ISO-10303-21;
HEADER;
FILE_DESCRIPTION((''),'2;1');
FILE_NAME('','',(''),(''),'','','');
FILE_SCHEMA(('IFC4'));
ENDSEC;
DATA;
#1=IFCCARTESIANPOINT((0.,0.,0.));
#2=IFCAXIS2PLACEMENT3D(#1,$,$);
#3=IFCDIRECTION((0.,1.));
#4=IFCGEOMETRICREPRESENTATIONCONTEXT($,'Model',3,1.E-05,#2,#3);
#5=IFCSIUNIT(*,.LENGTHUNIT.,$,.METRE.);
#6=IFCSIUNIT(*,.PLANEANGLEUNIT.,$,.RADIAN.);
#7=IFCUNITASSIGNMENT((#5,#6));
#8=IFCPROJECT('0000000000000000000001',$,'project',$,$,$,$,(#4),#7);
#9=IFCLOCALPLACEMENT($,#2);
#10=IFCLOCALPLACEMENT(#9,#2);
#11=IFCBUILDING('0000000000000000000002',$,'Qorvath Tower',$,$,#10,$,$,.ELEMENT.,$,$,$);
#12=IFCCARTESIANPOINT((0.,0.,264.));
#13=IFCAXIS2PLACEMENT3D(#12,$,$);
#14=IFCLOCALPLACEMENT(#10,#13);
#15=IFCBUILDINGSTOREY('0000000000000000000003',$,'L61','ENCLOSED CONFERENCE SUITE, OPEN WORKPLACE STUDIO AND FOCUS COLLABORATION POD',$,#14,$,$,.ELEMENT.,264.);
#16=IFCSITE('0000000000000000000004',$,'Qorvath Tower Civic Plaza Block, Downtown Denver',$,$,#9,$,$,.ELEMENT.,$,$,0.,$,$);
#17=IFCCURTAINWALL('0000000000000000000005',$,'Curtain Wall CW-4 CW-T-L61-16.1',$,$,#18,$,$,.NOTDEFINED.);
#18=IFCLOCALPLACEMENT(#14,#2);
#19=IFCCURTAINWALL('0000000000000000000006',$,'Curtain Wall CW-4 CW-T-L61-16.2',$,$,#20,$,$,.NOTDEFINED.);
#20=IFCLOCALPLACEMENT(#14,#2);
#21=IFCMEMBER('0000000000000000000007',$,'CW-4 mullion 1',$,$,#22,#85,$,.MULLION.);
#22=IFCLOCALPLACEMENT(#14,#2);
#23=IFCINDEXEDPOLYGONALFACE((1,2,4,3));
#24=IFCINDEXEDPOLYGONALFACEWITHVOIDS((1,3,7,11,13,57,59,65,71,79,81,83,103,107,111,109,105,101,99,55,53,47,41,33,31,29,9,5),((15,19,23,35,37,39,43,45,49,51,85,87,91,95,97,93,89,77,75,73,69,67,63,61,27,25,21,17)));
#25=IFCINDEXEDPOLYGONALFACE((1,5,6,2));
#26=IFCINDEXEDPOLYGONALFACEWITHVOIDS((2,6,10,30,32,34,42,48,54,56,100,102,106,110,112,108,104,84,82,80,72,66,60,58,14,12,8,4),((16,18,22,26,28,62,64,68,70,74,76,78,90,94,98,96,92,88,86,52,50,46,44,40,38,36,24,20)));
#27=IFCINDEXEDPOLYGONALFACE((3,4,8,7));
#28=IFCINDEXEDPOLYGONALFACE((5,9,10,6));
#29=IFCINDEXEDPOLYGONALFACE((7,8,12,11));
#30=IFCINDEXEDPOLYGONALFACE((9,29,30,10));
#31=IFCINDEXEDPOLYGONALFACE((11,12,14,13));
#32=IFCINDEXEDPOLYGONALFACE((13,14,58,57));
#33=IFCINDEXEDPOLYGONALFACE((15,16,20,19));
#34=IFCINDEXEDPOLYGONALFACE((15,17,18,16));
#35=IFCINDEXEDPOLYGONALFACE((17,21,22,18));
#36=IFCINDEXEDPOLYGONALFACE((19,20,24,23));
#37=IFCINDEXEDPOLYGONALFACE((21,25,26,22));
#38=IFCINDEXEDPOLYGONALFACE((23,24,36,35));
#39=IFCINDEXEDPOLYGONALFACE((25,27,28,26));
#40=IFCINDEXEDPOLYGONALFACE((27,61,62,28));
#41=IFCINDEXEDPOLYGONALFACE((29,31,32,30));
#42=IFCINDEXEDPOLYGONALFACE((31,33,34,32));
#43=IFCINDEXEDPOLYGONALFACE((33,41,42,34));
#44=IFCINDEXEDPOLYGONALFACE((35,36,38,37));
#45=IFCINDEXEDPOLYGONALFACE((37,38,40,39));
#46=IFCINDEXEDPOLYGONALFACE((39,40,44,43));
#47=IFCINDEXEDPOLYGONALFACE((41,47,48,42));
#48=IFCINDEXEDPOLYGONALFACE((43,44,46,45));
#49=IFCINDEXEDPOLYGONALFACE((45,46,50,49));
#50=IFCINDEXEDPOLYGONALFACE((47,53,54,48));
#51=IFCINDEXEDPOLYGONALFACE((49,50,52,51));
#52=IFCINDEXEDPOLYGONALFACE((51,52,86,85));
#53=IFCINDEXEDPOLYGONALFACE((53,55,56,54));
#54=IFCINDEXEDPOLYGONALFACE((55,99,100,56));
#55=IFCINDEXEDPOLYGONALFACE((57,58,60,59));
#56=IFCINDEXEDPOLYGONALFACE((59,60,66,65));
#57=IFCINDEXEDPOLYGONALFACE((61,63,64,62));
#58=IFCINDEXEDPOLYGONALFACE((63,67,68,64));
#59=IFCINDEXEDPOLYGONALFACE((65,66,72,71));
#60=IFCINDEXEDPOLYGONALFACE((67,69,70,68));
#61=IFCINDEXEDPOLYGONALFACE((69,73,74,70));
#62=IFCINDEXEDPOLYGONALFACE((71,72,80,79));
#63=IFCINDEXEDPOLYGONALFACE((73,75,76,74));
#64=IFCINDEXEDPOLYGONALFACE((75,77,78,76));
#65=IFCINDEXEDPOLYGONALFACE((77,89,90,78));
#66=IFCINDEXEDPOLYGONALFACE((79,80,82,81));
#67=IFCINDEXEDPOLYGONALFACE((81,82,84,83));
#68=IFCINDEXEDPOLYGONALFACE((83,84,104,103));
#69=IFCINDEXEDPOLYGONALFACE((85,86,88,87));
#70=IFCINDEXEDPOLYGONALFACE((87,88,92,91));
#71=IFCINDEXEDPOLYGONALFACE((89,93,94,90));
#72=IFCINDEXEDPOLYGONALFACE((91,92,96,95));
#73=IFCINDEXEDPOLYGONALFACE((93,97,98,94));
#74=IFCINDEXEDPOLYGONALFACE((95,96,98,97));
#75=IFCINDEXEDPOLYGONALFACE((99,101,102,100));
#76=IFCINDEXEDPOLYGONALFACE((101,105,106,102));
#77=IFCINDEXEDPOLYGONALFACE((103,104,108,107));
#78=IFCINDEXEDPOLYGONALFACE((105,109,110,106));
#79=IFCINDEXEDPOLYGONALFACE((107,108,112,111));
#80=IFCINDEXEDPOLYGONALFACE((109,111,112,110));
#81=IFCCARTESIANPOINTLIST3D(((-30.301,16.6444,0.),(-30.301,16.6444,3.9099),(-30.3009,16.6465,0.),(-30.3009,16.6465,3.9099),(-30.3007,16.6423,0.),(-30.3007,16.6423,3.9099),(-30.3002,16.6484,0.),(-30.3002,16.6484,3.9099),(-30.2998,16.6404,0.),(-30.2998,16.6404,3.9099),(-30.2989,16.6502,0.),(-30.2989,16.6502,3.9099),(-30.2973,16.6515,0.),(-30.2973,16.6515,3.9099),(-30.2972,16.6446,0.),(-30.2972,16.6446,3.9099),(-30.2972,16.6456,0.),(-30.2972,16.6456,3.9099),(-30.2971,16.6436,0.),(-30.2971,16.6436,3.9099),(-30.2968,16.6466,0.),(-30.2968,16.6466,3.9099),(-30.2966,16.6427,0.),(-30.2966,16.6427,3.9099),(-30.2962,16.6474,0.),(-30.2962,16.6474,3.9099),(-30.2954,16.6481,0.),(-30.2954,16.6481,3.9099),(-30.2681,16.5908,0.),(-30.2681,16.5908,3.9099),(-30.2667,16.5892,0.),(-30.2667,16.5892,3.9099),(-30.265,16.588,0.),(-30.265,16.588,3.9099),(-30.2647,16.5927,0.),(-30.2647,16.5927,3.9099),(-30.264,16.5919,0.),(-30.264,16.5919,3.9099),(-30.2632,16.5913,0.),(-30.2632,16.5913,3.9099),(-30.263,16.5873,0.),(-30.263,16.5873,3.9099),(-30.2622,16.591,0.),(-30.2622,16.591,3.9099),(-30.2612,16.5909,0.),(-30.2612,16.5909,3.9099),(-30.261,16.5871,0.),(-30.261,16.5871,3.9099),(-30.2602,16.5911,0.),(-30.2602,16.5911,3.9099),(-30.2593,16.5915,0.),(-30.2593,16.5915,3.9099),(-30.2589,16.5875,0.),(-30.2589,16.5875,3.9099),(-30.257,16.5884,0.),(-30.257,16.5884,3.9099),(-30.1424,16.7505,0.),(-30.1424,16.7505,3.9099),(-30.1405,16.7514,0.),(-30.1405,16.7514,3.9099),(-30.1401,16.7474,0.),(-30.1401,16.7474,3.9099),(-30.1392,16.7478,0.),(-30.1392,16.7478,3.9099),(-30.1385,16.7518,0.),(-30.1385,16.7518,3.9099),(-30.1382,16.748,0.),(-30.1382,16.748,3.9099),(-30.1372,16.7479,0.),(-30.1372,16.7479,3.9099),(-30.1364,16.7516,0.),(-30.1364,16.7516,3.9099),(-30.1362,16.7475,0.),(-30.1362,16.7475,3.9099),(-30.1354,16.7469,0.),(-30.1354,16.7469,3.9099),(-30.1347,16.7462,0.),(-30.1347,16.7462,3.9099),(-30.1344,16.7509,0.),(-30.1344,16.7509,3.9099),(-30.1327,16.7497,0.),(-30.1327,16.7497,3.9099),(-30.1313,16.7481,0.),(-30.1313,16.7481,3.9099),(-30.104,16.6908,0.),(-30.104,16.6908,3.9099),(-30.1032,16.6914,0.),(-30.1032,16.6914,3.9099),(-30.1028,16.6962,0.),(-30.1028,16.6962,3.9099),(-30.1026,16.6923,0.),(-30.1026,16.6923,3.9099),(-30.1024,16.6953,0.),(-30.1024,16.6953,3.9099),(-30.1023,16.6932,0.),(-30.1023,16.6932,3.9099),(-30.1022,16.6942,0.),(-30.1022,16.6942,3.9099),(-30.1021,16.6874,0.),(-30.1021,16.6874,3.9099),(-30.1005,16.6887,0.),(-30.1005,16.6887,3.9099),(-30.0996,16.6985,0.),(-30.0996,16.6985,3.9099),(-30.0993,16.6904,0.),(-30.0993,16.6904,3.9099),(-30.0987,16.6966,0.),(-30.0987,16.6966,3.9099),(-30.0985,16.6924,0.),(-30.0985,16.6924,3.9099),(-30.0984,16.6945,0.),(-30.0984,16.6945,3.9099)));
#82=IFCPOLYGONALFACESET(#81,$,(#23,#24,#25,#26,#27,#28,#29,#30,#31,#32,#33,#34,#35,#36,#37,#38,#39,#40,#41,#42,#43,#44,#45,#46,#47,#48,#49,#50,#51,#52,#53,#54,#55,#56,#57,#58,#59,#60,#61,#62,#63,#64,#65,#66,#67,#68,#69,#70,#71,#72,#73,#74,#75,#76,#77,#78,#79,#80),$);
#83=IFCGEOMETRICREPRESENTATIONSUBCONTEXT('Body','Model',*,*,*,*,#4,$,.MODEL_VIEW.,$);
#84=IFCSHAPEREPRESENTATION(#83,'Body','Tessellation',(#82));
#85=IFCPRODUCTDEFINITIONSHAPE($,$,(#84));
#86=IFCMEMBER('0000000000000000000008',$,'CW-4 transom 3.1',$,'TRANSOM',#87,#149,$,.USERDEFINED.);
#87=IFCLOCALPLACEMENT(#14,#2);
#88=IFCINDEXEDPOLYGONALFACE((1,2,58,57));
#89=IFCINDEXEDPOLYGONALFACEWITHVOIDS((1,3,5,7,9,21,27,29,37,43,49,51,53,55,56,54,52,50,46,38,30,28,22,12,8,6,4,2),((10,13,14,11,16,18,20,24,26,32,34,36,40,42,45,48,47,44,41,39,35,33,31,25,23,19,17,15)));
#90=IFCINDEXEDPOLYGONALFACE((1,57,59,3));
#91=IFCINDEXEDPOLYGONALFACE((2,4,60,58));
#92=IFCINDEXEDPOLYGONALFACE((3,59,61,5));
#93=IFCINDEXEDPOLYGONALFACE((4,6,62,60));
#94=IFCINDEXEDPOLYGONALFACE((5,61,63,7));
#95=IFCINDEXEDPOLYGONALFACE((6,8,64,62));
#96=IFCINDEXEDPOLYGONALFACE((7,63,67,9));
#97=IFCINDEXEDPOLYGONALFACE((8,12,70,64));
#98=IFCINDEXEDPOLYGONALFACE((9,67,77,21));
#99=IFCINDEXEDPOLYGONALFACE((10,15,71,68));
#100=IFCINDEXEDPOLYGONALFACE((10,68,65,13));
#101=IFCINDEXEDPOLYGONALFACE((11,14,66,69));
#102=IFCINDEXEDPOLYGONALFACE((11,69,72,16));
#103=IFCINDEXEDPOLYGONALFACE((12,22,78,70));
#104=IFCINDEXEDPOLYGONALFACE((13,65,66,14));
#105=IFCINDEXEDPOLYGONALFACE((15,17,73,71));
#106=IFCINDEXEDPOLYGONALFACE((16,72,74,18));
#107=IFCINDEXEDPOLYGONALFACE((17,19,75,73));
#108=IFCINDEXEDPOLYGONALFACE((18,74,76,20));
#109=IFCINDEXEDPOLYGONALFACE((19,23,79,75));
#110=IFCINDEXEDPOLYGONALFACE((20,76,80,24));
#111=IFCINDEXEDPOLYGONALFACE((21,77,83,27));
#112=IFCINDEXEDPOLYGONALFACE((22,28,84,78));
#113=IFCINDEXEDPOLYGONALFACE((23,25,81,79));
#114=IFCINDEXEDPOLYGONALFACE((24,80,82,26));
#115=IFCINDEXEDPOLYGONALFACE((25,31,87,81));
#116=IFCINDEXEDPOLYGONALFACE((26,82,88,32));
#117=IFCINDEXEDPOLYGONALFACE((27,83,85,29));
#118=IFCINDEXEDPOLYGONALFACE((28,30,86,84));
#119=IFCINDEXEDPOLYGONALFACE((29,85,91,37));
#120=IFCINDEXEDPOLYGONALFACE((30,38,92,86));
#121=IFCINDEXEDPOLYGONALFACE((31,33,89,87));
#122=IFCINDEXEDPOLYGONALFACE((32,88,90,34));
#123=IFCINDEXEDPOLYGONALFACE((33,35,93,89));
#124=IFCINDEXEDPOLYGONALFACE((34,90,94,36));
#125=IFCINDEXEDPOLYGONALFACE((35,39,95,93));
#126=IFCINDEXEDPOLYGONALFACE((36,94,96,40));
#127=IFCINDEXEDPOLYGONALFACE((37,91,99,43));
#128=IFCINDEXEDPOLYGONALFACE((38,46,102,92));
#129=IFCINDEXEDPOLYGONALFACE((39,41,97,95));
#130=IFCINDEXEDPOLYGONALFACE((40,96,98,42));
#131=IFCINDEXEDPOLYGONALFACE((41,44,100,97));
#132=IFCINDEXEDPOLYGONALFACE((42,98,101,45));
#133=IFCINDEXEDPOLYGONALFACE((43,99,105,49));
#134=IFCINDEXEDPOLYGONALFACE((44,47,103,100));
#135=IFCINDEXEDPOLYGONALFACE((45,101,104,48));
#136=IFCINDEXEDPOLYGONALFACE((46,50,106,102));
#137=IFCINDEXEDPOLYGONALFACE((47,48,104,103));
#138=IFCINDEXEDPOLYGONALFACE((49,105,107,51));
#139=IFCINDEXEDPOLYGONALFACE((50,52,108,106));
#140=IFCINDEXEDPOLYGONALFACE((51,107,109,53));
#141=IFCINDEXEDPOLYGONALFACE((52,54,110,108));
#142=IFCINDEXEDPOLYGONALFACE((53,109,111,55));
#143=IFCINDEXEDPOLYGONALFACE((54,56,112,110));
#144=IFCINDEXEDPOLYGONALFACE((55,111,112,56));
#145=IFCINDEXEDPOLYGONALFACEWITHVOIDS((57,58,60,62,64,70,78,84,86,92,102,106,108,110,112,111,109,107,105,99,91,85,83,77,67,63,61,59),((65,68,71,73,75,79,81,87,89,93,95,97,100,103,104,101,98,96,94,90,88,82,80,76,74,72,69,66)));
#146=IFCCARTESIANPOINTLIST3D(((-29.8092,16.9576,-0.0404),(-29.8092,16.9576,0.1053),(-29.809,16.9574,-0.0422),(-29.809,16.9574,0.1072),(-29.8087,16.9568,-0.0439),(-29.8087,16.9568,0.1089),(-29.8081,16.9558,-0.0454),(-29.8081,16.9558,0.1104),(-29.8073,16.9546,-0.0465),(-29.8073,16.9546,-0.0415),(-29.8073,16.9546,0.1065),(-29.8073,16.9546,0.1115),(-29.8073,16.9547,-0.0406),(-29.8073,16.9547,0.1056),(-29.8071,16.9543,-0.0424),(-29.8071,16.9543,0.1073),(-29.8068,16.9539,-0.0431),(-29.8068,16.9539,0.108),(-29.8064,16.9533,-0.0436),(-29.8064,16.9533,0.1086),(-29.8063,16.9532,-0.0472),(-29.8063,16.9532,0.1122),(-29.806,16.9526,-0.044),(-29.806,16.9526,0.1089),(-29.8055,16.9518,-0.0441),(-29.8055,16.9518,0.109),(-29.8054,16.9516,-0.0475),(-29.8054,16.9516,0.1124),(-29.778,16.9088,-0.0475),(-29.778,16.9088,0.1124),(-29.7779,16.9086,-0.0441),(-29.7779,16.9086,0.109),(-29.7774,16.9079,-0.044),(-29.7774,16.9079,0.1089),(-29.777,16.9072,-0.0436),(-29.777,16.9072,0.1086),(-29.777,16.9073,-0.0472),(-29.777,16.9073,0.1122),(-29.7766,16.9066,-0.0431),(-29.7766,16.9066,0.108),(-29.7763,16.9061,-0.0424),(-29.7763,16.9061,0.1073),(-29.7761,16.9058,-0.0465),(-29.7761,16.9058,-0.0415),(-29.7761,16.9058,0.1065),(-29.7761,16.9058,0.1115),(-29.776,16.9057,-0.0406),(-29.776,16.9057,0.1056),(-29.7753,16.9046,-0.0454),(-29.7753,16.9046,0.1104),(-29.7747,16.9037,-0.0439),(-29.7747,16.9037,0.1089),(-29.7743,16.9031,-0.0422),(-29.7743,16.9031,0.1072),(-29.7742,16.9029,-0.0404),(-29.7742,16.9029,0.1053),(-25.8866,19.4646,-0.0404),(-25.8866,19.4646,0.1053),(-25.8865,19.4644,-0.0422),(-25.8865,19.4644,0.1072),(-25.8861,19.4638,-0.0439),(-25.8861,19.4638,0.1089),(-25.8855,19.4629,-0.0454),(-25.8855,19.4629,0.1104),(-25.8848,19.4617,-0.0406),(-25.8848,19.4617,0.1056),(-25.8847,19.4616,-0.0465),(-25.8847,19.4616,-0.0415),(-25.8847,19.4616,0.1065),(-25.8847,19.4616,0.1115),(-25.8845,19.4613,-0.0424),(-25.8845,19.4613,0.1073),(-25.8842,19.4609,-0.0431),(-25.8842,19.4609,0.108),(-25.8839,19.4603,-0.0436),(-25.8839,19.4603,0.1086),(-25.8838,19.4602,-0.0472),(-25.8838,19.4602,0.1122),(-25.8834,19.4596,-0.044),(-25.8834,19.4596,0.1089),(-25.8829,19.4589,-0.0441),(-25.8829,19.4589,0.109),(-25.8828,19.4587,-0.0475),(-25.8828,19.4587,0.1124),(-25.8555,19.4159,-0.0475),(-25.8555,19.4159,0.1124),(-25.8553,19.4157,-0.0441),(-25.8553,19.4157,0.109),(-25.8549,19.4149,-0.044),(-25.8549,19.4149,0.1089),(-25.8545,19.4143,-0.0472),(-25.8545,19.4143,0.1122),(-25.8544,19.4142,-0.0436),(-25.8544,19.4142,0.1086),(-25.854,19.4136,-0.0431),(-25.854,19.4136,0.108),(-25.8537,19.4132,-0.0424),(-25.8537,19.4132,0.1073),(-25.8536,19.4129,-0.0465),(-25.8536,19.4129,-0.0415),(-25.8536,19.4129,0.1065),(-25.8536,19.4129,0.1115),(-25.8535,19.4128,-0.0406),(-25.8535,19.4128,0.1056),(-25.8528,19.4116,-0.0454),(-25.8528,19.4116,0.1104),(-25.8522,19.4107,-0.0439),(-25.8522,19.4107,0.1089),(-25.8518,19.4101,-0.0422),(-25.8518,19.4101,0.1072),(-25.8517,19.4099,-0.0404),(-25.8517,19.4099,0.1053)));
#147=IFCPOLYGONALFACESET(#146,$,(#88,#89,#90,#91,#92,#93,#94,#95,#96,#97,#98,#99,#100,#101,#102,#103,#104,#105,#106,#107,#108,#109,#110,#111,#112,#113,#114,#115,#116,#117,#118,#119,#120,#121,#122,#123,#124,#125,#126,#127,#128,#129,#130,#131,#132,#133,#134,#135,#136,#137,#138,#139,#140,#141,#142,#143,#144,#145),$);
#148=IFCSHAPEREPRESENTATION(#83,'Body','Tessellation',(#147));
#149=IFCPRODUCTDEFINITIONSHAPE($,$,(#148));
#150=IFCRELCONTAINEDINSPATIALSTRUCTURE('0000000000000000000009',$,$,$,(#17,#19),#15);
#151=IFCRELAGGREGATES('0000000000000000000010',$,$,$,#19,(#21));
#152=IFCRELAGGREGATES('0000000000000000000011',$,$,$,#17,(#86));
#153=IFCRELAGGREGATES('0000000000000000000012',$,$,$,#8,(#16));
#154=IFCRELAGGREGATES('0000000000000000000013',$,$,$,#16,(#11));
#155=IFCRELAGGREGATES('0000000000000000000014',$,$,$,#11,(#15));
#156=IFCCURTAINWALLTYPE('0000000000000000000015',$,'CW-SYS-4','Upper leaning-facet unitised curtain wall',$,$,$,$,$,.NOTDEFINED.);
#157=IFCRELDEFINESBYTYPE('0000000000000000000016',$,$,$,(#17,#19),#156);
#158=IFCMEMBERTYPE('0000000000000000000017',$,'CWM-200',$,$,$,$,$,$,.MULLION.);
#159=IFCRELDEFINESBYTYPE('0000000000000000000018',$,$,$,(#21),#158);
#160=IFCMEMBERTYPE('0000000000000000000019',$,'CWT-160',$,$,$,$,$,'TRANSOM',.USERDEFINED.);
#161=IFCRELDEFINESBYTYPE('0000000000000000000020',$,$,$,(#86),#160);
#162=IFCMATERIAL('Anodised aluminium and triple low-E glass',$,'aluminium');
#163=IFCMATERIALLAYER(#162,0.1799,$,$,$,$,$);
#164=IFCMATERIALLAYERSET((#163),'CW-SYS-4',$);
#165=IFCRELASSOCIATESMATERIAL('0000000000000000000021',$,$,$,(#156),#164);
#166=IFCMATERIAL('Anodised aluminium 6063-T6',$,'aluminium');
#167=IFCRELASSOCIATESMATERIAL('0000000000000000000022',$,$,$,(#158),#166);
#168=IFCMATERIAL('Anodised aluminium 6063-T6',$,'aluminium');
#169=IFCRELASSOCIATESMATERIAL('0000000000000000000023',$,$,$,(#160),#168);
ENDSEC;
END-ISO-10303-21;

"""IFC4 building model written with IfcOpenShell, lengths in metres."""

from ifc_helpers import new_model, si_unit, direction, frame, origin, origin_2d, place, context, subcontext, project, spatial, hollow_rectangle, extrude, material, layer, layer_set, material_profile, profile_set, type_object, element, aggregate, save


model = new_model("IFC4")

# Units and contexts
model_context = context("Model", 3, precision=1e-05, world=origin(), true_north=direction((0.0, 1.0)))
body_context = subcontext(model_context, "Body", "Model", "MODEL_VIEW")
ifc_project = project(units=[si_unit("LENGTHUNIT", "METRE"), si_unit("PLANEANGLEUNIT", "RADIAN")], contexts=[model_context])

# Site, building, storey
site_placement = place(None, origin())
site = spatial("IfcSite", under=ifc_project, at=site_placement, Name="Qorvath Tower Civic Plaza Block, Downtown Denver", CompositionType="ELEMENT", RefElevation=0.0)
building_placement = place(site_placement, origin())
building = spatial("IfcBuilding", under=site, at=building_placement, Name="Qorvath Tower", CompositionType="ELEMENT")
storey_placement = place(building_placement, frame((0.0, 0.0, 264.0)))
storey = spatial("IfcBuildingStorey", under=building, at=storey_placement, Name="L61", Description="ENCLOSED CONFERENCE SUITE, OPEN WORKPLACE STUDIO AND FOCUS COLLABORATION POD", CompositionType="ELEMENT", Elevation=264.0)

# Curtain wall
ifc_material_1 = material(Name="Anodised aluminium and triple low-E glass", Category="aluminium")
ifc_layer_1 = layer(ifc_material_1, 0.1799)
ifc_layer_set_1 = layer_set([ifc_layer_1], Name="CW-SYS-4")
curtain_wall_type = type_object("IfcCurtainWallType", Name="CW-SYS-4", Description="Upper leaning-facet unitised curtain wall", PredefinedType="NOTDEFINED", material=ifc_layer_set_1)
curtain_wall_1_placement = place(storey_placement, origin())
curtain_wall_1 = element("IfcCurtainWall", 1, at=curtain_wall_1_placement, inside=storey, type_object=curtain_wall_type, Name="Curtain Wall CW-4 CW-T-L61-16.1", PredefinedType="NOTDEFINED")
ifc_material_2 = material(Name="Anodised aluminium 6063-T6", Category="aluminium")
ifc_material_profile_1 = material_profile(ifc_material_2, hollow_rectangle(XDim=0.075, YDim=0.2, WallThickness=0.0039, InnerFilletRadius=0.0039, OuterFilletRadius=0.0081, at=origin_2d()), Name="CWM 200x75")
ifc_profile_set_1 = profile_set([ifc_material_profile_1], Name="Anodised aluminium 6063-T6")
member_type_1 = type_object("IfcMemberType", Name="CWM-200", PredefinedType="MULLION", material=ifc_profile_set_1)

# Curtain wall, member
curtain_wall_2_placement = place(storey_placement, origin())
curtain_wall_2 = element("IfcCurtainWall", 2, at=curtain_wall_2_placement, inside=storey, type_object=curtain_wall_type, Name="Curtain Wall CW-4 CW-T-L61-16.2", PredefinedType="NOTDEFINED")
member_1_placement = place(storey_placement, frame((-30.1997, 16.6694, 0.0), z_axis=(0.0, 0.0, 1.0), x_axis=(0.538544, -0.842597, 0.0)))
member_1 = element("IfcMember", 3, at=member_1_placement, type_object=member_type_1, Name="CW-4 mullion 1", PredefinedType="MULLION", context=body_context, shape_type="SweptSolid", body=[
    extrude(hollow_rectangle(XDim=0.075, YDim=0.2, WallThickness=0.0039, InnerFilletRadius=0.0039, OuterFilletRadius=0.0081, at=origin_2d()), origin(), (0.0, 0.0, 1.0), 3.9099),
])
aggregate(curtain_wall_2, [member_1])

# Member
ifc_material_3 = material(Name="Anodised aluminium 6063-T6", Category="aluminium")
ifc_material_profile_2 = material_profile(ifc_material_3, hollow_rectangle(XDim=0.0649, YDim=0.1599, WallThickness=0.0034, InnerFilletRadius=0.0034, OuterFilletRadius=0.0071, at=origin_2d()), Name="CWT 160x65")
ifc_profile_set_2 = profile_set([ifc_material_profile_2], Name="Anodised aluminium 6063-T6")
member_type_2 = type_object("IfcMemberType", Name="CWT-160", ElementType="TRANSOM", PredefinedType="USERDEFINED", material=ifc_profile_set_2)
member_2_placement = place(storey_placement, frame((-25.8691, 19.4373, 0.0325), z_axis=(-0.842602, -0.538537, 0.0), x_axis=(0.538537, -0.842602, 0.0)))
member_2 = element("IfcMember", 4, at=member_2_placement, type_object=member_type_2, Name="CW-4 transom 3.1", ObjectType="TRANSOM", PredefinedType="USERDEFINED", context=body_context, shape_type="SweptSolid", body=[
    extrude(hollow_rectangle(XDim=0.0649, YDim=0.1599, WallThickness=0.0034, InnerFilletRadius=0.0034, OuterFilletRadius=0.0071, at=origin_2d()), origin(), (0.0, 0.0, 1.0), 4.6553),
])

aggregate(curtain_wall_1, [member_2])

save(model, "model.ifc")
